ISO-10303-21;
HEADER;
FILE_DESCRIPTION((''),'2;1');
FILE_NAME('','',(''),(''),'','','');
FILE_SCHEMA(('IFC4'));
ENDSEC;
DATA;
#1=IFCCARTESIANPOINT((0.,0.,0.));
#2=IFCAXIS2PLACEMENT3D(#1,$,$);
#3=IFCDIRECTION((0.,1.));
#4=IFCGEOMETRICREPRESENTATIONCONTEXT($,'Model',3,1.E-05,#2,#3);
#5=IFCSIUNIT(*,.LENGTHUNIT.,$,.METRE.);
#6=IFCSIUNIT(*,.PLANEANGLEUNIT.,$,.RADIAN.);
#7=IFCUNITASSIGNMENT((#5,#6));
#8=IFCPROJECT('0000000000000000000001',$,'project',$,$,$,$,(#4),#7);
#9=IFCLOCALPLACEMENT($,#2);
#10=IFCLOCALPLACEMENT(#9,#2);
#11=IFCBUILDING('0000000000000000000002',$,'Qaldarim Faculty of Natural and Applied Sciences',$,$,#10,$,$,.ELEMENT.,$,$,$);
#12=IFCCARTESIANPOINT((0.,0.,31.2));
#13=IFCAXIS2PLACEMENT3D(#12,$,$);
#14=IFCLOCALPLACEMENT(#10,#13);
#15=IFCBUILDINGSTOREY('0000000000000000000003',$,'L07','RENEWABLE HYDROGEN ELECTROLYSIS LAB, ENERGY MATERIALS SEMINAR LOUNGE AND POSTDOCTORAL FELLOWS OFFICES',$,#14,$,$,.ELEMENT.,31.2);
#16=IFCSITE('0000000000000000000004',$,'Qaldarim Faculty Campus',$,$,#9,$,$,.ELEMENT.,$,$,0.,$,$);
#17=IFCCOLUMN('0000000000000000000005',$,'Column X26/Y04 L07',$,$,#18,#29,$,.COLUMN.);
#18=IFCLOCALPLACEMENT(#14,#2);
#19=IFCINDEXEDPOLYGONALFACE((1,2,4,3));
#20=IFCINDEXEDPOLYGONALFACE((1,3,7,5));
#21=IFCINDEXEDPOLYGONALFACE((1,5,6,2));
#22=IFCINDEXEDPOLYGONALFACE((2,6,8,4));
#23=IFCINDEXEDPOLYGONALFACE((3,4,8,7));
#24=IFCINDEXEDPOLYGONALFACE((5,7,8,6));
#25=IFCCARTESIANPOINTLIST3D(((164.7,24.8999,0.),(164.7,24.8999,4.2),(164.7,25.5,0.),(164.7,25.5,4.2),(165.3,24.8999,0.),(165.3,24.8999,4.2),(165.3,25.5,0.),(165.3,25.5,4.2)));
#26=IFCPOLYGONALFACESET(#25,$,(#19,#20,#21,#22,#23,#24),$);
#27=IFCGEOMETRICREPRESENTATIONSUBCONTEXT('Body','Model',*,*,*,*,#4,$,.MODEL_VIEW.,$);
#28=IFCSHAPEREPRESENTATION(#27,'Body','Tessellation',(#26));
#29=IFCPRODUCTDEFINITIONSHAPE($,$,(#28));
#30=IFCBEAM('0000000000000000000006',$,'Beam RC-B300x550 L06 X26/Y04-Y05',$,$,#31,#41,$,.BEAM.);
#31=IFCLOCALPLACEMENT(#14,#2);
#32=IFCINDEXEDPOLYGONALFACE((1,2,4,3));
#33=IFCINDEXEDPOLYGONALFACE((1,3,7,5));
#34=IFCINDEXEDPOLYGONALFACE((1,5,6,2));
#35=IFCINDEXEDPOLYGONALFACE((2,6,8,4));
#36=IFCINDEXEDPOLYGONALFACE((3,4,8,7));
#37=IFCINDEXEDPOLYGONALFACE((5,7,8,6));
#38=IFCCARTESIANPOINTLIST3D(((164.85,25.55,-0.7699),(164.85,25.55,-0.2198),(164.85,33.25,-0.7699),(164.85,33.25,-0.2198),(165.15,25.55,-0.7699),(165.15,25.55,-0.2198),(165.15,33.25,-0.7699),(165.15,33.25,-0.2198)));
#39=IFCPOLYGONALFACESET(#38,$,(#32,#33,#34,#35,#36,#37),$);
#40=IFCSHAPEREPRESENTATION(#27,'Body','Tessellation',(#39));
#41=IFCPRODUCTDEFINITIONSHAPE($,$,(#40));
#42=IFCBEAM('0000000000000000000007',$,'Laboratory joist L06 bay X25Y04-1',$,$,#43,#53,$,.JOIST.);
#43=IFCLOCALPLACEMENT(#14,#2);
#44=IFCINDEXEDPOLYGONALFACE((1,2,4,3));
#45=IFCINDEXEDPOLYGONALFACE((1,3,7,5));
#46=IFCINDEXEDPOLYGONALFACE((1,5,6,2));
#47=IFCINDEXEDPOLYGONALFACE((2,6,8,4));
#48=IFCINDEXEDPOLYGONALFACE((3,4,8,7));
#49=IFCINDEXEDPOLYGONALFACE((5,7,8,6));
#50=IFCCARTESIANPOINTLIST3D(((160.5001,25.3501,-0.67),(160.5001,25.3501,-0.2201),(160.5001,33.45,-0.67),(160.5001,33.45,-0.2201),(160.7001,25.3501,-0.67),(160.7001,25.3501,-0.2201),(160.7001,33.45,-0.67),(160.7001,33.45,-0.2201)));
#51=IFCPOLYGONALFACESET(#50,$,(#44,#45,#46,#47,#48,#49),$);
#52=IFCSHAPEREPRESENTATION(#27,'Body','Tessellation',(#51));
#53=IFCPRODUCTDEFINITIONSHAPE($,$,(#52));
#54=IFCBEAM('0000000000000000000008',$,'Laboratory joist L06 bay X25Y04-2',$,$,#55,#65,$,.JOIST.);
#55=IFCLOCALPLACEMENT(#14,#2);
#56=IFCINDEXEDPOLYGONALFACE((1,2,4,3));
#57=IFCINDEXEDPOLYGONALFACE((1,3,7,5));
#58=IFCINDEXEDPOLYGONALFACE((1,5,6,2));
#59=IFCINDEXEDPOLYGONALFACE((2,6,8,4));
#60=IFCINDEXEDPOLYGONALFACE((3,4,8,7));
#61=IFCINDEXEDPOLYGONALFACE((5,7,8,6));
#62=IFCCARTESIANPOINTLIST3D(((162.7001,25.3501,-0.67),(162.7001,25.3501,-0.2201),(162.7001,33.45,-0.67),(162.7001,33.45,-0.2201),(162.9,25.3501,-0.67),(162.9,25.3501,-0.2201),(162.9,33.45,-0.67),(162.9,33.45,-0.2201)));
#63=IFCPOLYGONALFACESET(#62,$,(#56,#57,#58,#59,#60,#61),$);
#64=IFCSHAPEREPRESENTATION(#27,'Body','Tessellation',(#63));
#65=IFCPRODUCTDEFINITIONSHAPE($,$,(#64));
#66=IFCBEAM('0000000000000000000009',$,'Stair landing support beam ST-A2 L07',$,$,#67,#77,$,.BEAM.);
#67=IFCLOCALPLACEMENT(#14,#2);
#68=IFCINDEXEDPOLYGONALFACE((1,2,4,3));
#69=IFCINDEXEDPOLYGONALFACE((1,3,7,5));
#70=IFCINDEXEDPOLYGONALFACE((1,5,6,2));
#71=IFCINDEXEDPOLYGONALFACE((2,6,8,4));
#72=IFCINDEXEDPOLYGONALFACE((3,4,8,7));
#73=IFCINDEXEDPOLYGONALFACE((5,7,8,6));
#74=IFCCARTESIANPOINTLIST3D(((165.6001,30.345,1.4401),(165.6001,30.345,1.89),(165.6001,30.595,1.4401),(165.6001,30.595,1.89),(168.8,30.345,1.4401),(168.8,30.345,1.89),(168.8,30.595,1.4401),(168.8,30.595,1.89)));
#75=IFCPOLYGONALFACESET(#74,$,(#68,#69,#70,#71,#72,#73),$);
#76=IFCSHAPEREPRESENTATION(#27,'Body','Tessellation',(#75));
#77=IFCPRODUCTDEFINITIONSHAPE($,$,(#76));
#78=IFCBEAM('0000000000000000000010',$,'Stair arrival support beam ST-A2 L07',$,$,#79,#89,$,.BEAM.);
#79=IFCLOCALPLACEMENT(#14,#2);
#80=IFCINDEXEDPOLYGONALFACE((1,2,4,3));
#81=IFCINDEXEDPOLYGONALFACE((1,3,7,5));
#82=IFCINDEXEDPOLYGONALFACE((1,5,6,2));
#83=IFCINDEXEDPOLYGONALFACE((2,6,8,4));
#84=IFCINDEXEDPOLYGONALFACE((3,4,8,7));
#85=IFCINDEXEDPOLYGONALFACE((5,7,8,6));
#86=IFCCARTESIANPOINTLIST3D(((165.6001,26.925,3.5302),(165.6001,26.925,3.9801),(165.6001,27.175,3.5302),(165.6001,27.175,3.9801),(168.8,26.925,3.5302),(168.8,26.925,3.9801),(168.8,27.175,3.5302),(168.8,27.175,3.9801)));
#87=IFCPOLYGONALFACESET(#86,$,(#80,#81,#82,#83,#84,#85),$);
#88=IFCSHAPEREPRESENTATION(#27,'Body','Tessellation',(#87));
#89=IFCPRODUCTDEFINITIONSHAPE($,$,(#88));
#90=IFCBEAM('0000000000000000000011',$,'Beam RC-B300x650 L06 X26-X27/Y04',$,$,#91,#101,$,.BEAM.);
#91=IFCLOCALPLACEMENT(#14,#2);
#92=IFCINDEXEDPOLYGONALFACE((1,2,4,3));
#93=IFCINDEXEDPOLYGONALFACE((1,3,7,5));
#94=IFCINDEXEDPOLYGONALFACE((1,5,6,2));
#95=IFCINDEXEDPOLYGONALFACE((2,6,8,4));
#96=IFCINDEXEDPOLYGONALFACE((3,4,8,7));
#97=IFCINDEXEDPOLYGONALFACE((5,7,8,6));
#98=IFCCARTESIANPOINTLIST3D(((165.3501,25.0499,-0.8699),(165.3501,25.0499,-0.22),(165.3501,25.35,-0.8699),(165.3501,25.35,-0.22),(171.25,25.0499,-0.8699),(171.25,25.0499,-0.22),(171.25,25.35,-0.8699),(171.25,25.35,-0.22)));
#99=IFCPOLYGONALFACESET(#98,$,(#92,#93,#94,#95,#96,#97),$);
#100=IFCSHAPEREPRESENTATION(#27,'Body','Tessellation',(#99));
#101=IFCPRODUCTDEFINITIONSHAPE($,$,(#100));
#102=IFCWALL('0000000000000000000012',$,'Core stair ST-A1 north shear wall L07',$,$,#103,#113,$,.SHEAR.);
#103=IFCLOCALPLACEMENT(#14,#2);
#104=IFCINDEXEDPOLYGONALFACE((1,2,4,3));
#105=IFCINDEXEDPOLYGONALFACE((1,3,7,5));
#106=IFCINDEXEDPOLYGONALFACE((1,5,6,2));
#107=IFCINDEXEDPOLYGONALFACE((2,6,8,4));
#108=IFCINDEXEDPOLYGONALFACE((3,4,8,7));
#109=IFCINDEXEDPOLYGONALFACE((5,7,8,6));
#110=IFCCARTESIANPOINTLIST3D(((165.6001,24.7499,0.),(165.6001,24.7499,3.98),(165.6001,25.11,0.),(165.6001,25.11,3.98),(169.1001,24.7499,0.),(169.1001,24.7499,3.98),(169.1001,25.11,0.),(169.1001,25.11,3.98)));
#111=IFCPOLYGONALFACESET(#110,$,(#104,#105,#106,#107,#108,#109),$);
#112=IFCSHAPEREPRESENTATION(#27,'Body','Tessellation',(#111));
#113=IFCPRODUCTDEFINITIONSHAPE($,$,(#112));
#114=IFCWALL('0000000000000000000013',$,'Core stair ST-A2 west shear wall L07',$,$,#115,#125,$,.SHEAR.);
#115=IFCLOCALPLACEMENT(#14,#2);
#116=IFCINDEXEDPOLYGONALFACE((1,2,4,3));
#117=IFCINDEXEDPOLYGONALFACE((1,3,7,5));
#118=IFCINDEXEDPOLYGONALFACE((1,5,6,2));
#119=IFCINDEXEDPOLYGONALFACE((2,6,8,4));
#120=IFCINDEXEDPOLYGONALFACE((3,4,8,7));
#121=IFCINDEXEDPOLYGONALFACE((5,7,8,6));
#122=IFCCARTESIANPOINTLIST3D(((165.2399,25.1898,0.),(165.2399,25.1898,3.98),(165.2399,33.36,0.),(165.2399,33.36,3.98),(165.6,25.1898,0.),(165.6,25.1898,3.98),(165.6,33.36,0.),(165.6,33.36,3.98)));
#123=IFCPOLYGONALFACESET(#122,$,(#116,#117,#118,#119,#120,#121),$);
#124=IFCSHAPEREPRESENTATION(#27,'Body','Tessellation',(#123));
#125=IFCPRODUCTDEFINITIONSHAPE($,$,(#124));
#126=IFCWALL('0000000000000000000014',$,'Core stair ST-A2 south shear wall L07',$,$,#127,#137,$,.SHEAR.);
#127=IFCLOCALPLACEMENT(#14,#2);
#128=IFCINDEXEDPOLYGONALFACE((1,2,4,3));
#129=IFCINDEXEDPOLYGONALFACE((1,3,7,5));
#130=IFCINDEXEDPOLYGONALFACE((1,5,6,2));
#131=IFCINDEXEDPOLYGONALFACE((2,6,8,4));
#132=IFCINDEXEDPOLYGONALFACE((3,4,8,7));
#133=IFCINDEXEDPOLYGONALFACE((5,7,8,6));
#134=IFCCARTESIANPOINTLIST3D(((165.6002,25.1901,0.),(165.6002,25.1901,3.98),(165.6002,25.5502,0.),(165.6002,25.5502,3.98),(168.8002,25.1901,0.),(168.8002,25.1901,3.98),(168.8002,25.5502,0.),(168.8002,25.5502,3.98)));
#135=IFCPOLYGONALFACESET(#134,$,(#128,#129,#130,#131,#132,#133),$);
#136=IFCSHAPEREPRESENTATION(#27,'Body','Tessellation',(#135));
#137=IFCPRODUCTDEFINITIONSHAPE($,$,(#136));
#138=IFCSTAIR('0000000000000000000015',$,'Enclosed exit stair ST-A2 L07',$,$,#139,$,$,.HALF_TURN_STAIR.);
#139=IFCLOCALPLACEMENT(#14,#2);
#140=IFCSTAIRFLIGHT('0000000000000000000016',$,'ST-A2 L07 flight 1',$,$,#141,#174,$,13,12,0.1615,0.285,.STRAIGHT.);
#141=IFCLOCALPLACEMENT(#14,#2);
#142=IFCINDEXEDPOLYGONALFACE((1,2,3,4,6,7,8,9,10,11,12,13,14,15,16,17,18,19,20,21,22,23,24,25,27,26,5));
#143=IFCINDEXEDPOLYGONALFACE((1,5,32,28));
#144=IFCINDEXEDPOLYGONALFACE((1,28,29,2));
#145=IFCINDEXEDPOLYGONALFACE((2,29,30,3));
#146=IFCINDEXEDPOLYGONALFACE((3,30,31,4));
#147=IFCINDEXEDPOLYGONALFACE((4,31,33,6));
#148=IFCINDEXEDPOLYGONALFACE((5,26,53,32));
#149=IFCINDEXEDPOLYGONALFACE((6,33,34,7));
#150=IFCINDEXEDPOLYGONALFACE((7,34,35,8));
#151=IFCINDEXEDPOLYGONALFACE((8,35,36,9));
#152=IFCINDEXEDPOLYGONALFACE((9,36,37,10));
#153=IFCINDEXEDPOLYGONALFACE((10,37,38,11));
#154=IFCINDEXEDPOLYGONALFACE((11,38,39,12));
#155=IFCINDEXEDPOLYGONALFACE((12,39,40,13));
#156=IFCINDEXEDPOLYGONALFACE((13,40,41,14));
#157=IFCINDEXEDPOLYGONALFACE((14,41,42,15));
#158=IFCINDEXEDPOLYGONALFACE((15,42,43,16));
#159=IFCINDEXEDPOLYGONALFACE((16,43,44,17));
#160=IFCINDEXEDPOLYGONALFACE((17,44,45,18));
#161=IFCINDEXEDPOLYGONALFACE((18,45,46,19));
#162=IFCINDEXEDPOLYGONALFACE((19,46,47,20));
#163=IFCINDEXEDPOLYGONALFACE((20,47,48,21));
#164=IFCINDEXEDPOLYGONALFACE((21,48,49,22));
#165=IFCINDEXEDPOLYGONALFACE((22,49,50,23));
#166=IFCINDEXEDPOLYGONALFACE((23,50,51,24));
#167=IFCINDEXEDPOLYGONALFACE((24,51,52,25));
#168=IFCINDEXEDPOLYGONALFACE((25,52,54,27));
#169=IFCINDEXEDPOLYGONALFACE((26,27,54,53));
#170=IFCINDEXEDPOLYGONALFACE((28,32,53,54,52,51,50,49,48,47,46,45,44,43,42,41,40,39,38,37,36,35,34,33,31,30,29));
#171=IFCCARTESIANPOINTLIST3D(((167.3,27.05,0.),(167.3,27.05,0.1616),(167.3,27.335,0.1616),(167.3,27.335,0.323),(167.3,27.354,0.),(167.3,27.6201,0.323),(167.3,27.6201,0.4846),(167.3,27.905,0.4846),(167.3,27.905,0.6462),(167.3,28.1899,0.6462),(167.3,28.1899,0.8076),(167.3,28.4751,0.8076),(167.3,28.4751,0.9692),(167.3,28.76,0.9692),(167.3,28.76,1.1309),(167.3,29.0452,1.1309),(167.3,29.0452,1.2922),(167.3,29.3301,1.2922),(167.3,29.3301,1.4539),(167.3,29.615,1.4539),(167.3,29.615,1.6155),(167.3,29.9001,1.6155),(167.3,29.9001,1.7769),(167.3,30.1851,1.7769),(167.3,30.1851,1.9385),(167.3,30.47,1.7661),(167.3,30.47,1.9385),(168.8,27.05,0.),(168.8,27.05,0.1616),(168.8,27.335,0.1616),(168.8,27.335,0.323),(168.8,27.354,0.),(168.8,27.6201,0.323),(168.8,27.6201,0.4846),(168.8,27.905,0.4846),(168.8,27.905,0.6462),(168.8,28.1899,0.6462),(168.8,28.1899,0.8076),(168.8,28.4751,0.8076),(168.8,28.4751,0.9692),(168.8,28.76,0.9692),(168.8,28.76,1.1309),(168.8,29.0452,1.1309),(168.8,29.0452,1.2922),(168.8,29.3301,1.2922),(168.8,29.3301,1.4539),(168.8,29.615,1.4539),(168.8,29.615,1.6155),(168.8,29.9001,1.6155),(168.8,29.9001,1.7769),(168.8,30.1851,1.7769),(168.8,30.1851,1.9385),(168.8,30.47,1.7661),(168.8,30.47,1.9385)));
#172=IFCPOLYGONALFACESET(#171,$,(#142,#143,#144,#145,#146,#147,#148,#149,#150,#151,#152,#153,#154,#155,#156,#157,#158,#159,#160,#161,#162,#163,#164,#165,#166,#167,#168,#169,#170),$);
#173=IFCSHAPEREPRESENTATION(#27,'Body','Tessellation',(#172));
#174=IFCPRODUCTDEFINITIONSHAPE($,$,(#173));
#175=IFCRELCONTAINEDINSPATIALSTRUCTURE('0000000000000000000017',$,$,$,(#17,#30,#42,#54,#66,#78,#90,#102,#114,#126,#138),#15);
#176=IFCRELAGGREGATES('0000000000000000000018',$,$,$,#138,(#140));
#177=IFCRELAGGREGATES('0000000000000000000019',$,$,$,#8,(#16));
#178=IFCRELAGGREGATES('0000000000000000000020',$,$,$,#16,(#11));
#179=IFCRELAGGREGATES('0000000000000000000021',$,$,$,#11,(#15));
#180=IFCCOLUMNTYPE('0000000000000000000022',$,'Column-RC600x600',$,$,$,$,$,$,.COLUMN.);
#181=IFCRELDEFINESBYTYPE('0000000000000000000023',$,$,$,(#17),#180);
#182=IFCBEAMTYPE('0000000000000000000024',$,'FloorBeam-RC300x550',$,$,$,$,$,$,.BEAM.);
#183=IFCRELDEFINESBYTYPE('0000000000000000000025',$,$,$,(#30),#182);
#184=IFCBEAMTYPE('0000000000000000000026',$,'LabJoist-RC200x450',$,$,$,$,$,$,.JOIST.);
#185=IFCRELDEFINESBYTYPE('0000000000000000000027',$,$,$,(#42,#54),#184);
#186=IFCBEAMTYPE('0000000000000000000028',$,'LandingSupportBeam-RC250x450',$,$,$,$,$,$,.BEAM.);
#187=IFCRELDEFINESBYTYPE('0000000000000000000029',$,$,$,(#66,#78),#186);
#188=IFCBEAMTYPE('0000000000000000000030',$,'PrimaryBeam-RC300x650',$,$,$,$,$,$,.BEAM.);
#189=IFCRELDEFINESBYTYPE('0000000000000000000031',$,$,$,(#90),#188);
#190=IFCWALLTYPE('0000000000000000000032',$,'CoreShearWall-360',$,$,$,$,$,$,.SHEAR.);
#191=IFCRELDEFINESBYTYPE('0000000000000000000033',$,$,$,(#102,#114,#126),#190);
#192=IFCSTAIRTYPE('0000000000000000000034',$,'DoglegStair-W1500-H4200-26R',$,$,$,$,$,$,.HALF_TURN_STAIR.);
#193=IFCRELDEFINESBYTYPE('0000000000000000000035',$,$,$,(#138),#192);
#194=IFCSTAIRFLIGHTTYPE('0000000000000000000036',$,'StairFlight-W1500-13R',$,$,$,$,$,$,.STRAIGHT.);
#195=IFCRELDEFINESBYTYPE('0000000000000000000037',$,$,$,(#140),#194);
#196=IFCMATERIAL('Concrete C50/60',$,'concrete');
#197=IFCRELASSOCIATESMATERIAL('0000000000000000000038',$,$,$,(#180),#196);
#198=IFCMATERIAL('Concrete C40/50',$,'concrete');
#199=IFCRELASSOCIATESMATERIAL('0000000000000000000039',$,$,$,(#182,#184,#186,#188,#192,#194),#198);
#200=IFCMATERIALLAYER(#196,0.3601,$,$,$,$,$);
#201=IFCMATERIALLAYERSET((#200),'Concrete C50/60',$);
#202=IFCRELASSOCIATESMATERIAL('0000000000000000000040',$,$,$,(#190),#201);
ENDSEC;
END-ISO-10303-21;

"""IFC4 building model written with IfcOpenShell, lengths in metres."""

from ifc_helpers import new_model, si_unit, direction, frame, frame_2d, origin, origin_2d, place, context, subcontext, project, spatial, polyline, rectangle, outline, extrude, material, layer, layer_set, material_profile, profile_set, type_object, element, aggregate, save


model = new_model("IFC4")

# Units and contexts
model_context = context("Model", 3, precision=1e-05, world=origin(), true_north=direction((0.0, 1.0)))
body_context = subcontext(model_context, "Body", "Model", "MODEL_VIEW")
ifc_project = project(units=[si_unit("LENGTHUNIT", "METRE"), si_unit("PLANEANGLEUNIT", "RADIAN")], contexts=[model_context])

# Site, building, storey
site_placement = place(None, origin())
site = spatial("IfcSite", under=ifc_project, at=site_placement, Name="Qaldarim Faculty Campus", CompositionType="ELEMENT", RefElevation=0.0)
building_placement = place(site_placement, origin())
building = spatial("IfcBuilding", under=site, at=building_placement, Name="Qaldarim Faculty of Natural and Applied Sciences", CompositionType="ELEMENT")
storey_placement = place(building_placement, frame((0.0, 0.0, 31.2)))
storey = spatial("IfcBuildingStorey", under=building, at=storey_placement, Name="L07", Description="RENEWABLE HYDROGEN ELECTROLYSIS LAB, ENERGY MATERIALS SEMINAR LOUNGE AND POSTDOCTORAL FELLOWS OFFICES", CompositionType="ELEMENT", Elevation=31.2)

# Column
ifc_material_1 = material(Name="Concrete C50/60", Category="concrete")
ifc_material_profile_1 = material_profile(ifc_material_1, rectangle(XDim=0.6001, YDim=0.6001, at=origin_2d()), Name="RC-C600x600")
ifc_profile_set_1 = profile_set([ifc_material_profile_1], Name="Concrete C50/60")
column_type = type_object("IfcColumnType", Name="Column-RC600x600", PredefinedType="COLUMN", material=ifc_profile_set_1)
column_placement = place(storey_placement, frame((165.0, 25.2, 0.0), z_axis=(0.0, 0.0, 1.0), x_axis=(1.0, 0.0, 0.0)))
element("IfcColumn", 1, at=column_placement, inside=storey, type_object=column_type, Name="Column X26/Y04 L07", PredefinedType="COLUMN", context=body_context, shape_type="SweptSolid", body=[
    extrude(rectangle(XDim=0.6001, YDim=0.6001, at=origin_2d()), origin(), (0.0, 0.0, 1.0), 4.2),
])

# Beams
ifc_material_2 = material(Name="Concrete C40/50", Category="concrete")
ifc_material_profile_2 = material_profile(ifc_material_2, rectangle(XDim=0.3, YDim=0.55, at=origin_2d()), Name="RC-B300x550")
ifc_profile_set_2 = profile_set([ifc_material_profile_2], Name="Concrete C40/50")
beam_type_1 = type_object("IfcBeamType", Name="FloorBeam-RC300x550", PredefinedType="BEAM", material=ifc_profile_set_2)
beam_1_placement = place(storey_placement, frame((165.0, 25.55, -0.4949), z_axis=(0.0, 1.0, 0.0), x_axis=(-1.0, 0.0, 0.0)))
element("IfcBeam", 2, at=beam_1_placement, inside=storey, type_object=beam_type_1, Name="Beam RC-B300x550 L06 X26/Y04-Y05", PredefinedType="BEAM", context=body_context, shape_type="SweptSolid", body=[
    extrude(rectangle(XDim=0.3, YDim=0.55, at=origin_2d()), origin(), (0.0, 0.0, 1.0), 7.7),
])
ifc_material_profile_3 = material_profile(ifc_material_2, rectangle(XDim=0.2, YDim=0.45, at=origin_2d()), Name="RC-J200x450")
ifc_profile_set_3 = profile_set([ifc_material_profile_3], Name="Concrete C40/50")
beam_type_2 = type_object("IfcBeamType", Name="LabJoist-RC200x450", PredefinedType="JOIST", material=ifc_profile_set_3)
for number, where, z_axis, x_axis, name in (
    (3, (160.6001, 25.3501, -0.4451), (0.0, 1.0, 0.0), (-1.0, 0.0, 0.0), "Laboratory joist L06 bay X25Y04-1"),
    (4, (162.8, 25.3501, -0.4451), (0.0, 1.0, 0.0), (-1.0, 0.0, 0.0), "Laboratory joist L06 bay X25Y04-2"),
):
    element("IfcBeam", number, at=place(storey_placement, frame(where, z_axis=z_axis, x_axis=x_axis)), inside=storey, type_object=beam_type_2, Name=name, PredefinedType="JOIST", context=body_context, shape_type="SweptSolid", body=[
        extrude(rectangle(XDim=0.2, YDim=0.45, at=origin_2d()), origin(), (0.0, 0.0, 1.0), 8.0999),
    ])
ifc_material_profile_4 = material_profile(ifc_material_2, rectangle(XDim=0.25, YDim=0.45, at=origin_2d()), Name="RC-LN250x450")
ifc_profile_set_4 = profile_set([ifc_material_profile_4], Name="Concrete C40/50")
beam_type_3 = type_object("IfcBeamType", Name="LandingSupportBeam-RC250x450", PredefinedType="BEAM", material=ifc_profile_set_4)
for number, where, z_axis, x_axis, name in (
    (5, (165.6001, 30.47, 1.665), (1.0, 0.0, 0.0), (0.0, 1.0, 0.0), "Stair landing support beam ST-A2 L07"),
    (6, (165.6001, 27.05, 3.7551), (1.0, 0.0, 0.0), (0.0, 1.0, 0.0), "Stair arrival support beam ST-A2 L07"),
):
    element("IfcBeam", number, at=place(storey_placement, frame(where, z_axis=z_axis, x_axis=x_axis)), inside=storey, type_object=beam_type_3, Name=name, PredefinedType="BEAM", context=body_context, shape_type="SweptSolid", body=[
        extrude(rectangle(XDim=0.25, YDim=0.45, at=origin_2d()), origin(), (0.0, 0.0, 1.0), 3.2),
    ])
ifc_material_profile_5 = material_profile(ifc_material_2, rectangle(XDim=0.3, YDim=0.6499, at=origin_2d()), Name="RC-B300x650")
ifc_profile_set_5 = profile_set([ifc_material_profile_5], Name="Concrete C40/50")
beam_type_4 = type_object("IfcBeamType", Name="PrimaryBeam-RC300x650", PredefinedType="BEAM", material=ifc_profile_set_5)
beam_2_placement = place(storey_placement, frame((165.3501, 25.2, -0.5449), z_axis=(1.0, 0.0, 0.0), x_axis=(0.0, 1.0, 0.0)))
element("IfcBeam", 7, at=beam_2_placement, inside=storey, type_object=beam_type_4, Name="Beam RC-B300x650 L06 X26-X27/Y04", PredefinedType="BEAM", context=body_context, shape_type="SweptSolid", body=[
    extrude(rectangle(XDim=0.3, YDim=0.6499, at=origin_2d()), origin(), (0.0, 0.0, 1.0), 5.8999),
])

# Walls
ifc_layer_1 = layer(ifc_material_1, 0.3601)
ifc_layer_set_1 = layer_set([ifc_layer_1], Name="Concrete C50/60")
wall_type = type_object("IfcWallType", Name="CoreShearWall-360", PredefinedType="SHEAR", material=ifc_layer_set_1)
wall_1_placement = place(storey_placement, frame((165.6001, 24.9299, 0.0), z_axis=(0.0, 0.0, 1.0), x_axis=(1.0, 0.0, 0.0)))
element("IfcWall", 8, at=wall_1_placement, inside=storey, type_object=wall_type, Name="Core stair ST-A1 north shear wall L07", PredefinedType="SHEAR", context=body_context, shape_type="SweptSolid", body=[
    extrude(rectangle(XDim=3.5, YDim=0.3601, at=frame_2d((1.75, 0.0))), origin(), (0.0, 0.0, 1.0), 3.98),
])
wall_2_placement = place(storey_placement, frame((165.4199, 25.1899, 0.0), z_axis=(0.0, 0.0, 1.0), x_axis=(0.0, 1.0, 0.0)))
element("IfcWall", 9, at=wall_2_placement, inside=storey, type_object=wall_type, Name="Core stair ST-A2 west shear wall L07", PredefinedType="SHEAR", context=body_context, shape_type="SweptSolid", body=[
    extrude(rectangle(XDim=8.1702, YDim=0.3601, at=frame_2d((4.085, 0.0))), origin(), (0.0, 0.0, 1.0), 3.98),
])

# Wall
wall_3_placement = place(storey_placement, frame((165.6001, 25.3701, 0.0), z_axis=(0.0, 0.0, 1.0), x_axis=(1.0, 0.0, 0.0)))
element("IfcWall", 10, at=wall_3_placement, inside=storey, type_object=wall_type, Name="Core stair ST-A2 south shear wall L07", PredefinedType="SHEAR", context=body_context, shape_type="SweptSolid", body=[
    extrude(rectangle(XDim=3.2, YDim=0.3601, at=frame_2d((1.6001, 0.0))), origin(), (0.0, 0.0, 1.0), 3.98),
])

# Stair, stair flight
stair_type = type_object("IfcStairType", Name="DoglegStair-W1500-H4200-26R", PredefinedType="HALF_TURN_STAIR", material=ifc_material_2)
stair_placement = place(storey_placement, origin())
stair = element("IfcStair", 11, at=stair_placement, inside=storey, type_object=stair_type, Name="Enclosed exit stair ST-A2 L07", PredefinedType="HALF_TURN_STAIR")
stair_flight_type = type_object("IfcStairFlightType", Name="StairFlight-W1500-13R", PredefinedType="STRAIGHT", material=ifc_material_2)
stair_flight_1_placement = place(storey_placement, frame((168.05, 27.05, 0.0), z_axis=(0.0, 0.0, 1.0), x_axis=(0.0, 1.0, 0.0)))
stair_flight_1 = element("IfcStairFlight", 12, at=stair_flight_1_placement, type_object=stair_flight_type, Name="ST-A2 L07 flight 1", NumberOfRisers=13, NumberOfTreads=12, PredefinedType="STRAIGHT", RiserHeight=0.1615, TreadLength=0.285, context=body_context, shape_type="SweptSolid", body=[
    extrude(outline(polyline([(0.0, 0.0), (0.0, 0.1616), (0.2849, 0.1616), (0.2849, 0.323), (0.5701, 0.323), (0.5701, 0.4846), (0.855, 0.4846), (0.855, 0.6462), (1.1399, 0.6462), (1.1399, 0.8076), (1.425, 0.8076), (1.425, 0.9692), (1.71, 0.9692), (1.71, 1.1309), (1.9951, 1.1309), (1.9951, 1.2922), (2.28, 1.2922), (2.28, 1.4539), (2.5649, 1.4539), (2.5649, 1.6155), (2.8501, 1.6155), (2.8501, 1.7769), (3.135, 1.7769), (3.135, 1.9385), (3.4199, 1.9385), (3.4199, 2.1001), (3.4199, 1.7661), (0.304, 0.0), (0.0, 0.0)])), frame((0.0, 0.75, 0.0), z_axis=(0.0, -1.0, 0.0), x_axis=(1.0, 0.0, 0.0)), (0.0, 0.0, 1.0), 1.5),
])
aggregate(stair, [stair_flight_1])

save(model, "model.ifc")
